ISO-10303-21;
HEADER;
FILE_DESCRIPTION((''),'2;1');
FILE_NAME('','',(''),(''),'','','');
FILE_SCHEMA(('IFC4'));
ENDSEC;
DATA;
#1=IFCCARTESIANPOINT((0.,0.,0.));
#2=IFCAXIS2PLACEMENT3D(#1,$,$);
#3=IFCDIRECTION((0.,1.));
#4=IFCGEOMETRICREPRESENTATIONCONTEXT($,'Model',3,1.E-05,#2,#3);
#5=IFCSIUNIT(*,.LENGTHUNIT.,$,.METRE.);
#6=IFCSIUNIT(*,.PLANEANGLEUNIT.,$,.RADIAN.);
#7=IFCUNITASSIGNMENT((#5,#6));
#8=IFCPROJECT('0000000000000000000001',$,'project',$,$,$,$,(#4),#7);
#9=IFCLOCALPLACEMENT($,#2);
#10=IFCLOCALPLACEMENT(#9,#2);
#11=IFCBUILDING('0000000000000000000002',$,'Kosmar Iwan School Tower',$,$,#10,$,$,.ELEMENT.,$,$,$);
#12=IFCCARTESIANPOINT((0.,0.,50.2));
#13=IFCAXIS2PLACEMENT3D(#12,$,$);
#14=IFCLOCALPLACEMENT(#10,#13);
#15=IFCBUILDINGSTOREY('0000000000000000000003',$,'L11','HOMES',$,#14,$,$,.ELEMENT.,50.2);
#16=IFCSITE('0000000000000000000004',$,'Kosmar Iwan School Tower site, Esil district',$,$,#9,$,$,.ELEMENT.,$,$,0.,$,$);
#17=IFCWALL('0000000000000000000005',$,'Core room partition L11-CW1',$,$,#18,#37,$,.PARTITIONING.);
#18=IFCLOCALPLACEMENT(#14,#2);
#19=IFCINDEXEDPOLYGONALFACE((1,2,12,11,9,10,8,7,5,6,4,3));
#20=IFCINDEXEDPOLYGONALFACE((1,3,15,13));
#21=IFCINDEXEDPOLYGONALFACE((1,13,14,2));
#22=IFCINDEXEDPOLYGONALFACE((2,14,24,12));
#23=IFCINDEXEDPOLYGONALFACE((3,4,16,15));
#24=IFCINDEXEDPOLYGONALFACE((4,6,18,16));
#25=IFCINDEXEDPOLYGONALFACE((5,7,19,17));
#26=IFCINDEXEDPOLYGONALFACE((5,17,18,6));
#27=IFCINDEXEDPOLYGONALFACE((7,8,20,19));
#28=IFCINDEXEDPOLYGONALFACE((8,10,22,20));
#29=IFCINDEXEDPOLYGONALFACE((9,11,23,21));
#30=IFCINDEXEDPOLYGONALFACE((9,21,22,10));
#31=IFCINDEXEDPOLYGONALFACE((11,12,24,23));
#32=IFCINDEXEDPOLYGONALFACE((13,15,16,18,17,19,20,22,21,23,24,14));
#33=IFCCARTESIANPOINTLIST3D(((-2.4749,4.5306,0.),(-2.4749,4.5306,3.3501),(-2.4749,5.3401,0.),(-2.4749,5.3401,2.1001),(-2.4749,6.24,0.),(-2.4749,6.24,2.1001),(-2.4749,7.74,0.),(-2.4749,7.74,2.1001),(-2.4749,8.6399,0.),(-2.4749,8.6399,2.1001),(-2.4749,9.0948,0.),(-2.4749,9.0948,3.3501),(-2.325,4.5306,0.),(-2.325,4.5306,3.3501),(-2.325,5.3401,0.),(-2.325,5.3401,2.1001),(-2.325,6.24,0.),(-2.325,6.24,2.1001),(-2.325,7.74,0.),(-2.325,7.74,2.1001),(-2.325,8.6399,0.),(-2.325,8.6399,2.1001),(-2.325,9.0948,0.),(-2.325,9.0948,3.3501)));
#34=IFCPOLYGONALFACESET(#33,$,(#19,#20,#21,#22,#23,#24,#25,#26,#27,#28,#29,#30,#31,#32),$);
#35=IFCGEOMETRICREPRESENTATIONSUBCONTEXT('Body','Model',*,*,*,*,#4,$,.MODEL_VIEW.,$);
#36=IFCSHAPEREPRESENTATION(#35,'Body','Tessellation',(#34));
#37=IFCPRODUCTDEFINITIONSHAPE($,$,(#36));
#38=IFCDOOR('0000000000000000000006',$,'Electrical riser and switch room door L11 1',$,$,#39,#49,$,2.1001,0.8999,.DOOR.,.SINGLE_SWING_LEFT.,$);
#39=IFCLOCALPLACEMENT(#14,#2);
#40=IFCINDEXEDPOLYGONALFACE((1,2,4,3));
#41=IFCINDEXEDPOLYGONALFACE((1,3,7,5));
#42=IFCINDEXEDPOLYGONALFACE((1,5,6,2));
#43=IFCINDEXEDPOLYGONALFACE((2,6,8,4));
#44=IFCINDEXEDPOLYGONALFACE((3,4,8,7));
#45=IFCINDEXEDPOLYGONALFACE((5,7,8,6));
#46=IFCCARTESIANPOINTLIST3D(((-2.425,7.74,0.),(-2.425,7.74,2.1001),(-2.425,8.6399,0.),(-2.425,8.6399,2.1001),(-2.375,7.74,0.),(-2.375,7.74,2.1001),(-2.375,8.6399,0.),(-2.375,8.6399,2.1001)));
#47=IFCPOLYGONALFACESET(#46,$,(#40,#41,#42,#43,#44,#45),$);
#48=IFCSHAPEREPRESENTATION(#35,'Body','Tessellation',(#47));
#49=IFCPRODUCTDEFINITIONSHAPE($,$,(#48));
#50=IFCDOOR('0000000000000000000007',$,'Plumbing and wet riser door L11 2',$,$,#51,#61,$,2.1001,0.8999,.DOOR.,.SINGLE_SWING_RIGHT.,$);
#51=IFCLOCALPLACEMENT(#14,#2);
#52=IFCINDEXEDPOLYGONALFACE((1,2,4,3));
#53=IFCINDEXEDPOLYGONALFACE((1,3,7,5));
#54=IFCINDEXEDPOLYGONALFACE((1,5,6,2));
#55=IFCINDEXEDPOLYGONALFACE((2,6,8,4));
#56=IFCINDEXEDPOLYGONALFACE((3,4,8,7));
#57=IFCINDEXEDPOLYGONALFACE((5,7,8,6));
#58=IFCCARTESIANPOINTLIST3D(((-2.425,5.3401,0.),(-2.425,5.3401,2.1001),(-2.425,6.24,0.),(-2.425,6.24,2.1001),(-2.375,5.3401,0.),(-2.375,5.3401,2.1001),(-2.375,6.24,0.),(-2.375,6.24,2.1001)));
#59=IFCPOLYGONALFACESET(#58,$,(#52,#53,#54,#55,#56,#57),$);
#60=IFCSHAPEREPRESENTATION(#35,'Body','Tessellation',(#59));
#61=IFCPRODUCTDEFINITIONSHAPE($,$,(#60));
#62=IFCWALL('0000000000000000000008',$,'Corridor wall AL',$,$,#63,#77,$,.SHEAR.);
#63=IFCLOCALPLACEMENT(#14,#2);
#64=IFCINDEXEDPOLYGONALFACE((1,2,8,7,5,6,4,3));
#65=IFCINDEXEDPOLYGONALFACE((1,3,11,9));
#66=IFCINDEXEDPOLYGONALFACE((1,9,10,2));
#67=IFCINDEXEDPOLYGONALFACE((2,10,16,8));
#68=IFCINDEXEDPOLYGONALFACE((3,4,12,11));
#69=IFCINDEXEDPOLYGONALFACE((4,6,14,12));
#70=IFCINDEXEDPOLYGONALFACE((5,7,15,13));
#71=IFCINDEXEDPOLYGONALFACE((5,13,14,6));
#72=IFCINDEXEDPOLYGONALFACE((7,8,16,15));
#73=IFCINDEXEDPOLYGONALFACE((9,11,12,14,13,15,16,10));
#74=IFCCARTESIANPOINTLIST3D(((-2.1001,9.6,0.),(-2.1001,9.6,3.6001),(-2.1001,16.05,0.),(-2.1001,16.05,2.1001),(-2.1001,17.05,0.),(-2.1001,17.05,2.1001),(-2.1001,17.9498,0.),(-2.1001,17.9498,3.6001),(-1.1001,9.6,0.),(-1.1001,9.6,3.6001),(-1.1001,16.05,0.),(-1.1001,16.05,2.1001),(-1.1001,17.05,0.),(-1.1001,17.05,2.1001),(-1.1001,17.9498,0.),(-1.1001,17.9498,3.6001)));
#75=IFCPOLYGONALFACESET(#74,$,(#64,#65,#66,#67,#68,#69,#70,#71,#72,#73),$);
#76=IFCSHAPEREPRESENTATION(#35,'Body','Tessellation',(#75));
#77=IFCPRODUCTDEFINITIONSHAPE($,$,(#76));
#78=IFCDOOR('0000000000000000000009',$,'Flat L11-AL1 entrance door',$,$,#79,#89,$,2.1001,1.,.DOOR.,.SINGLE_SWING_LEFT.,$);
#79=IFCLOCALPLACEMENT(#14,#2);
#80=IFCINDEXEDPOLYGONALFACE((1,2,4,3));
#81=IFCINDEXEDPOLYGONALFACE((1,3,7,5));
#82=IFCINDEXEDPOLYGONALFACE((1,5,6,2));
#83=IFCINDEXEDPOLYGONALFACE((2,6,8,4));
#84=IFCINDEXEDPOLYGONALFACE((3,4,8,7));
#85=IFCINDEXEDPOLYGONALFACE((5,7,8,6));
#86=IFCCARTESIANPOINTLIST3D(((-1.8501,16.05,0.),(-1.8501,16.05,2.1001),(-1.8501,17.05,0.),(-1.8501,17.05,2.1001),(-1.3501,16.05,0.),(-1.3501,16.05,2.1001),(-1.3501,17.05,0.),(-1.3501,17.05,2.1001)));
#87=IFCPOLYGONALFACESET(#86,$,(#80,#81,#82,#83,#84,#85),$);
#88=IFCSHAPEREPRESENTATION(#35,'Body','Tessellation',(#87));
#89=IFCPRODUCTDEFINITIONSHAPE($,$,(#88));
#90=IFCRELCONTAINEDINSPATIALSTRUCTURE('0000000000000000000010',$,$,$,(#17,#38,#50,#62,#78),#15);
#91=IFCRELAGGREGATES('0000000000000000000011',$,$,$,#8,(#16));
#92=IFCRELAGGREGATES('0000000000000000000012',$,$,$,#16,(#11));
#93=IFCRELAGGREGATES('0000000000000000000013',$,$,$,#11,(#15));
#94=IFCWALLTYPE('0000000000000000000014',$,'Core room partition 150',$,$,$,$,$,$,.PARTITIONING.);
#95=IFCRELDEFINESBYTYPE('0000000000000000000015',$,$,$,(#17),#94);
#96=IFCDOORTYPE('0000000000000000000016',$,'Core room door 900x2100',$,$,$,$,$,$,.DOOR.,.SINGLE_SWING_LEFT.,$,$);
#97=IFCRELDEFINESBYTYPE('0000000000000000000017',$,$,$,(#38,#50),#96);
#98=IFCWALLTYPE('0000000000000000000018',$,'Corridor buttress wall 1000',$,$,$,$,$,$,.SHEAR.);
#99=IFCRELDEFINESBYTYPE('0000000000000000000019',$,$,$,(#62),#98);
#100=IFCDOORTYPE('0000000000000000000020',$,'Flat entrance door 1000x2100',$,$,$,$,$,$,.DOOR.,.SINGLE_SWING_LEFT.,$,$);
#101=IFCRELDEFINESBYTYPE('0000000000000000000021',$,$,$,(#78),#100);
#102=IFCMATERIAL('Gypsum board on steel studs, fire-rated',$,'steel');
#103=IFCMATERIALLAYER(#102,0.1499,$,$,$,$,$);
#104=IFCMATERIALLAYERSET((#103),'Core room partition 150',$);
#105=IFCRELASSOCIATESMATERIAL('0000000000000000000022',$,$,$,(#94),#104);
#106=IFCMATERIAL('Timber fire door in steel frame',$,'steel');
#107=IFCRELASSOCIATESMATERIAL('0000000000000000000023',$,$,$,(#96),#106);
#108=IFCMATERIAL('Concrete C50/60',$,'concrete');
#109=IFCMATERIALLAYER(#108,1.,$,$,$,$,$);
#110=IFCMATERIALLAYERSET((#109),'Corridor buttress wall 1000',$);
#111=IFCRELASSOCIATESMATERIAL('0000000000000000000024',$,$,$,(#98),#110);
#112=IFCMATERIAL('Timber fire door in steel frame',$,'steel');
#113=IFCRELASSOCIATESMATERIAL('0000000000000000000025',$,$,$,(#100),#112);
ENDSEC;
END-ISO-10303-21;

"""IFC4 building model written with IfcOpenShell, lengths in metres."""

from ifc_helpers import new_model, si_unit, direction, frame, frame_2d, origin, place, context, subcontext, project, spatial, rectangle, extrude, material, layer, layer_set, type_object, element, fill, save


model = new_model("IFC4")

# Units and contexts
model_context = context("Model", 3, precision=1e-05, world=origin(), true_north=direction((0.0, 1.0)))
body_context = subcontext(model_context, "Body", "Model", "MODEL_VIEW")
ifc_project = project(units=[si_unit("LENGTHUNIT", "METRE"), si_unit("PLANEANGLEUNIT", "RADIAN")], contexts=[model_context])

# Site, building, storey
site_placement = place(None, origin())
site = spatial("IfcSite", under=ifc_project, at=site_placement, Name="Kosmar Iwan School Tower site, Esil district", CompositionType="ELEMENT", RefElevation=0.0)
building_placement = place(site_placement, origin())
building = spatial("IfcBuilding", under=site, at=building_placement, Name="Kosmar Iwan School Tower", CompositionType="ELEMENT")
storey_placement = place(building_placement, frame((0.0, 0.0, 50.2)))
storey = spatial("IfcBuildingStorey", under=building, at=storey_placement, Name="L11", Description="HOMES", CompositionType="ELEMENT", Elevation=50.2)

# Wall, openings, doors
ifc_material_1 = material(Name="Gypsum board on steel studs, fire-rated", Category="steel")
ifc_layer_1 = layer(ifc_material_1, 0.1499)
ifc_layer_set_1 = layer_set([ifc_layer_1], Name="Core room partition 150")
wall_type_1 = type_object("IfcWallType", Name="Core room partition 150", PredefinedType="PARTITIONING", material=ifc_layer_set_1)
wall_1_placement = place(storey_placement, frame((-2.3999, 9.095, 0.0), z_axis=(0.0, 0.0, 1.0), x_axis=(0.0, -1.0, 0.0)))
wall_1 = element("IfcWall", 1, at=wall_1_placement, inside=storey, type_object=wall_type_1, Name="Core room partition L11-CW1", PredefinedType="PARTITIONING", context=body_context, shape_type="SweptSolid", body=[
    extrude(rectangle(XDim=4.5642, YDim=0.1499, at=frame_2d((2.2822, 0.0))), origin(), (0.0, 0.0, 1.0), 3.3501),
])
opening_1_placement = place(wall_1_placement, frame((0.4551, 0.0, 0.0)))
opening_1 = element("IfcOpeningElement", 2, at=opening_1_placement, cuts=wall_1, PredefinedType="OPENING", context=body_context, shape_type="SweptSolid", body=[
    extrude(rectangle(XDim=0.8999, YDim=2.1001, at=frame_2d((0.45, 1.05))), frame((0.0, 0.0869, 0.0), z_axis=(0.0, -1.0, 0.0), x_axis=(1.0, 0.0, 0.0)), (0.0, 0.0, 1.0), 0.1738),
])
opening_2_placement = place(wall_1_placement, frame((2.855, 0.0, 0.0)))
opening_2 = element("IfcOpeningElement", 3, at=opening_2_placement, cuts=wall_1, PredefinedType="OPENING", context=body_context, shape_type="SweptSolid", body=[
    extrude(rectangle(XDim=0.8999, YDim=2.1001, at=frame_2d((0.45, 1.05))), frame((0.0, 0.0869, 0.0), z_axis=(0.0, -1.0, 0.0), x_axis=(1.0, 0.0, 0.0)), (0.0, 0.0, 1.0), 0.1738),
])
ifc_material_2 = material(Name="Timber fire door in steel frame", Category="steel")
door_type_1 = type_object("IfcDoorType", Name="Core room door 900x2100", OperationType="SINGLE_SWING_LEFT", PredefinedType="DOOR", material=ifc_material_2)
door_1_placement = place(opening_1_placement, origin())
door_1 = element("IfcDoor", 4, at=door_1_placement, inside=storey, type_object=door_type_1, Name="Electrical riser and switch room door L11 1", OperationType="SINGLE_SWING_LEFT", OverallHeight=2.1001, OverallWidth=0.8999, PredefinedType="DOOR", context=body_context, shape_type="SweptSolid", body=[
    extrude(rectangle(XDim=0.8999, YDim=2.1001, at=frame_2d((0.45, 1.05))), frame((0.0, 0.0249, 0.0), z_axis=(0.0, -1.0, 0.0), x_axis=(1.0, 0.0, 0.0)), (0.0, 0.0, 1.0), 0.05),
])
fill(opening_1, door_1)
door_2_placement = place(opening_2_placement, origin())
door_2 = element("IfcDoor", 5, at=door_2_placement, inside=storey, type_object=door_type_1, Name="Plumbing and wet riser door L11 2", OperationType="SINGLE_SWING_RIGHT", OverallHeight=2.1001, OverallWidth=0.8999, PredefinedType="DOOR", context=body_context, shape_type="SweptSolid", body=[
    extrude(rectangle(XDim=0.8999, YDim=2.1001, at=frame_2d((0.45, 1.05))), frame((0.0, 0.0249, 0.0), z_axis=(0.0, -1.0, 0.0), x_axis=(1.0, 0.0, 0.0)), (0.0, 0.0, 1.0), 0.05),
])
fill(opening_2, door_2)

# Wall, opening, door
ifc_material_3 = material(Name="Concrete C50/60", Category="concrete")
ifc_layer_2 = layer(ifc_material_3, 1.0)
ifc_layer_set_2 = layer_set([ifc_layer_2], Name="Corridor buttress wall 1000")
wall_type_2 = type_object("IfcWallType", Name="Corridor buttress wall 1000", PredefinedType="SHEAR", material=ifc_layer_set_2)
wall_2_placement = place(storey_placement, frame((-1.6001, 9.6001, 0.0), z_axis=(0.0, 0.0, 1.0), x_axis=(0.0, 1.0, 0.0)))
wall_2 = element("IfcWall", 6, at=wall_2_placement, inside=storey, type_object=wall_type_2, Name="Corridor wall AL", PredefinedType="SHEAR", context=body_context, shape_type="SweptSolid", body=[
    extrude(rectangle(XDim=8.3499, YDim=1.0, at=frame_2d((4.1748, 0.0))), origin(), (0.0, 0.0, 1.0), 3.6001),
])
opening_3_placement = place(wall_2_placement, frame((6.45, 0.0, 0.0)))
opening_3 = element("IfcOpeningElement", 7, at=opening_3_placement, cuts=wall_2, PredefinedType="OPENING", context=body_context, shape_type="SweptSolid", body=[
    extrude(rectangle(XDim=1.0, YDim=2.1001, at=frame_2d((0.5, 1.05))), frame((0.0, 0.512, 0.0), z_axis=(0.0, -1.0, 0.0), x_axis=(1.0, 0.0, 0.0)), (0.0, 0.0, 1.0), 1.0239),
])
ifc_material_4 = material(Name="Timber fire door in steel frame", Category="steel")
door_type_2 = type_object("IfcDoorType", Name="Flat entrance door 1000x2100", OperationType="SINGLE_SWING_LEFT", PredefinedType="DOOR", material=ifc_material_4)
door_3_placement = place(opening_3_placement, origin())
door_3 = element("IfcDoor", 8, at=door_3_placement, inside=storey, type_object=door_type_2, Name="Flat L11-AL1 entrance door", OperationType="SINGLE_SWING_LEFT", OverallHeight=2.1001, OverallWidth=1.0, PredefinedType="DOOR", context=body_context, shape_type="SweptSolid", body=[
    extrude(rectangle(XDim=1.0, YDim=2.1001, at=frame_2d((0.5, 1.05))), frame((0.0, 0.25, 0.0), z_axis=(0.0, -1.0, 0.0), x_axis=(1.0, 0.0, 0.0)), (0.0, 0.0, 1.0), 0.5),
])
fill(opening_3, door_3)

save(model, "model.ifc")
